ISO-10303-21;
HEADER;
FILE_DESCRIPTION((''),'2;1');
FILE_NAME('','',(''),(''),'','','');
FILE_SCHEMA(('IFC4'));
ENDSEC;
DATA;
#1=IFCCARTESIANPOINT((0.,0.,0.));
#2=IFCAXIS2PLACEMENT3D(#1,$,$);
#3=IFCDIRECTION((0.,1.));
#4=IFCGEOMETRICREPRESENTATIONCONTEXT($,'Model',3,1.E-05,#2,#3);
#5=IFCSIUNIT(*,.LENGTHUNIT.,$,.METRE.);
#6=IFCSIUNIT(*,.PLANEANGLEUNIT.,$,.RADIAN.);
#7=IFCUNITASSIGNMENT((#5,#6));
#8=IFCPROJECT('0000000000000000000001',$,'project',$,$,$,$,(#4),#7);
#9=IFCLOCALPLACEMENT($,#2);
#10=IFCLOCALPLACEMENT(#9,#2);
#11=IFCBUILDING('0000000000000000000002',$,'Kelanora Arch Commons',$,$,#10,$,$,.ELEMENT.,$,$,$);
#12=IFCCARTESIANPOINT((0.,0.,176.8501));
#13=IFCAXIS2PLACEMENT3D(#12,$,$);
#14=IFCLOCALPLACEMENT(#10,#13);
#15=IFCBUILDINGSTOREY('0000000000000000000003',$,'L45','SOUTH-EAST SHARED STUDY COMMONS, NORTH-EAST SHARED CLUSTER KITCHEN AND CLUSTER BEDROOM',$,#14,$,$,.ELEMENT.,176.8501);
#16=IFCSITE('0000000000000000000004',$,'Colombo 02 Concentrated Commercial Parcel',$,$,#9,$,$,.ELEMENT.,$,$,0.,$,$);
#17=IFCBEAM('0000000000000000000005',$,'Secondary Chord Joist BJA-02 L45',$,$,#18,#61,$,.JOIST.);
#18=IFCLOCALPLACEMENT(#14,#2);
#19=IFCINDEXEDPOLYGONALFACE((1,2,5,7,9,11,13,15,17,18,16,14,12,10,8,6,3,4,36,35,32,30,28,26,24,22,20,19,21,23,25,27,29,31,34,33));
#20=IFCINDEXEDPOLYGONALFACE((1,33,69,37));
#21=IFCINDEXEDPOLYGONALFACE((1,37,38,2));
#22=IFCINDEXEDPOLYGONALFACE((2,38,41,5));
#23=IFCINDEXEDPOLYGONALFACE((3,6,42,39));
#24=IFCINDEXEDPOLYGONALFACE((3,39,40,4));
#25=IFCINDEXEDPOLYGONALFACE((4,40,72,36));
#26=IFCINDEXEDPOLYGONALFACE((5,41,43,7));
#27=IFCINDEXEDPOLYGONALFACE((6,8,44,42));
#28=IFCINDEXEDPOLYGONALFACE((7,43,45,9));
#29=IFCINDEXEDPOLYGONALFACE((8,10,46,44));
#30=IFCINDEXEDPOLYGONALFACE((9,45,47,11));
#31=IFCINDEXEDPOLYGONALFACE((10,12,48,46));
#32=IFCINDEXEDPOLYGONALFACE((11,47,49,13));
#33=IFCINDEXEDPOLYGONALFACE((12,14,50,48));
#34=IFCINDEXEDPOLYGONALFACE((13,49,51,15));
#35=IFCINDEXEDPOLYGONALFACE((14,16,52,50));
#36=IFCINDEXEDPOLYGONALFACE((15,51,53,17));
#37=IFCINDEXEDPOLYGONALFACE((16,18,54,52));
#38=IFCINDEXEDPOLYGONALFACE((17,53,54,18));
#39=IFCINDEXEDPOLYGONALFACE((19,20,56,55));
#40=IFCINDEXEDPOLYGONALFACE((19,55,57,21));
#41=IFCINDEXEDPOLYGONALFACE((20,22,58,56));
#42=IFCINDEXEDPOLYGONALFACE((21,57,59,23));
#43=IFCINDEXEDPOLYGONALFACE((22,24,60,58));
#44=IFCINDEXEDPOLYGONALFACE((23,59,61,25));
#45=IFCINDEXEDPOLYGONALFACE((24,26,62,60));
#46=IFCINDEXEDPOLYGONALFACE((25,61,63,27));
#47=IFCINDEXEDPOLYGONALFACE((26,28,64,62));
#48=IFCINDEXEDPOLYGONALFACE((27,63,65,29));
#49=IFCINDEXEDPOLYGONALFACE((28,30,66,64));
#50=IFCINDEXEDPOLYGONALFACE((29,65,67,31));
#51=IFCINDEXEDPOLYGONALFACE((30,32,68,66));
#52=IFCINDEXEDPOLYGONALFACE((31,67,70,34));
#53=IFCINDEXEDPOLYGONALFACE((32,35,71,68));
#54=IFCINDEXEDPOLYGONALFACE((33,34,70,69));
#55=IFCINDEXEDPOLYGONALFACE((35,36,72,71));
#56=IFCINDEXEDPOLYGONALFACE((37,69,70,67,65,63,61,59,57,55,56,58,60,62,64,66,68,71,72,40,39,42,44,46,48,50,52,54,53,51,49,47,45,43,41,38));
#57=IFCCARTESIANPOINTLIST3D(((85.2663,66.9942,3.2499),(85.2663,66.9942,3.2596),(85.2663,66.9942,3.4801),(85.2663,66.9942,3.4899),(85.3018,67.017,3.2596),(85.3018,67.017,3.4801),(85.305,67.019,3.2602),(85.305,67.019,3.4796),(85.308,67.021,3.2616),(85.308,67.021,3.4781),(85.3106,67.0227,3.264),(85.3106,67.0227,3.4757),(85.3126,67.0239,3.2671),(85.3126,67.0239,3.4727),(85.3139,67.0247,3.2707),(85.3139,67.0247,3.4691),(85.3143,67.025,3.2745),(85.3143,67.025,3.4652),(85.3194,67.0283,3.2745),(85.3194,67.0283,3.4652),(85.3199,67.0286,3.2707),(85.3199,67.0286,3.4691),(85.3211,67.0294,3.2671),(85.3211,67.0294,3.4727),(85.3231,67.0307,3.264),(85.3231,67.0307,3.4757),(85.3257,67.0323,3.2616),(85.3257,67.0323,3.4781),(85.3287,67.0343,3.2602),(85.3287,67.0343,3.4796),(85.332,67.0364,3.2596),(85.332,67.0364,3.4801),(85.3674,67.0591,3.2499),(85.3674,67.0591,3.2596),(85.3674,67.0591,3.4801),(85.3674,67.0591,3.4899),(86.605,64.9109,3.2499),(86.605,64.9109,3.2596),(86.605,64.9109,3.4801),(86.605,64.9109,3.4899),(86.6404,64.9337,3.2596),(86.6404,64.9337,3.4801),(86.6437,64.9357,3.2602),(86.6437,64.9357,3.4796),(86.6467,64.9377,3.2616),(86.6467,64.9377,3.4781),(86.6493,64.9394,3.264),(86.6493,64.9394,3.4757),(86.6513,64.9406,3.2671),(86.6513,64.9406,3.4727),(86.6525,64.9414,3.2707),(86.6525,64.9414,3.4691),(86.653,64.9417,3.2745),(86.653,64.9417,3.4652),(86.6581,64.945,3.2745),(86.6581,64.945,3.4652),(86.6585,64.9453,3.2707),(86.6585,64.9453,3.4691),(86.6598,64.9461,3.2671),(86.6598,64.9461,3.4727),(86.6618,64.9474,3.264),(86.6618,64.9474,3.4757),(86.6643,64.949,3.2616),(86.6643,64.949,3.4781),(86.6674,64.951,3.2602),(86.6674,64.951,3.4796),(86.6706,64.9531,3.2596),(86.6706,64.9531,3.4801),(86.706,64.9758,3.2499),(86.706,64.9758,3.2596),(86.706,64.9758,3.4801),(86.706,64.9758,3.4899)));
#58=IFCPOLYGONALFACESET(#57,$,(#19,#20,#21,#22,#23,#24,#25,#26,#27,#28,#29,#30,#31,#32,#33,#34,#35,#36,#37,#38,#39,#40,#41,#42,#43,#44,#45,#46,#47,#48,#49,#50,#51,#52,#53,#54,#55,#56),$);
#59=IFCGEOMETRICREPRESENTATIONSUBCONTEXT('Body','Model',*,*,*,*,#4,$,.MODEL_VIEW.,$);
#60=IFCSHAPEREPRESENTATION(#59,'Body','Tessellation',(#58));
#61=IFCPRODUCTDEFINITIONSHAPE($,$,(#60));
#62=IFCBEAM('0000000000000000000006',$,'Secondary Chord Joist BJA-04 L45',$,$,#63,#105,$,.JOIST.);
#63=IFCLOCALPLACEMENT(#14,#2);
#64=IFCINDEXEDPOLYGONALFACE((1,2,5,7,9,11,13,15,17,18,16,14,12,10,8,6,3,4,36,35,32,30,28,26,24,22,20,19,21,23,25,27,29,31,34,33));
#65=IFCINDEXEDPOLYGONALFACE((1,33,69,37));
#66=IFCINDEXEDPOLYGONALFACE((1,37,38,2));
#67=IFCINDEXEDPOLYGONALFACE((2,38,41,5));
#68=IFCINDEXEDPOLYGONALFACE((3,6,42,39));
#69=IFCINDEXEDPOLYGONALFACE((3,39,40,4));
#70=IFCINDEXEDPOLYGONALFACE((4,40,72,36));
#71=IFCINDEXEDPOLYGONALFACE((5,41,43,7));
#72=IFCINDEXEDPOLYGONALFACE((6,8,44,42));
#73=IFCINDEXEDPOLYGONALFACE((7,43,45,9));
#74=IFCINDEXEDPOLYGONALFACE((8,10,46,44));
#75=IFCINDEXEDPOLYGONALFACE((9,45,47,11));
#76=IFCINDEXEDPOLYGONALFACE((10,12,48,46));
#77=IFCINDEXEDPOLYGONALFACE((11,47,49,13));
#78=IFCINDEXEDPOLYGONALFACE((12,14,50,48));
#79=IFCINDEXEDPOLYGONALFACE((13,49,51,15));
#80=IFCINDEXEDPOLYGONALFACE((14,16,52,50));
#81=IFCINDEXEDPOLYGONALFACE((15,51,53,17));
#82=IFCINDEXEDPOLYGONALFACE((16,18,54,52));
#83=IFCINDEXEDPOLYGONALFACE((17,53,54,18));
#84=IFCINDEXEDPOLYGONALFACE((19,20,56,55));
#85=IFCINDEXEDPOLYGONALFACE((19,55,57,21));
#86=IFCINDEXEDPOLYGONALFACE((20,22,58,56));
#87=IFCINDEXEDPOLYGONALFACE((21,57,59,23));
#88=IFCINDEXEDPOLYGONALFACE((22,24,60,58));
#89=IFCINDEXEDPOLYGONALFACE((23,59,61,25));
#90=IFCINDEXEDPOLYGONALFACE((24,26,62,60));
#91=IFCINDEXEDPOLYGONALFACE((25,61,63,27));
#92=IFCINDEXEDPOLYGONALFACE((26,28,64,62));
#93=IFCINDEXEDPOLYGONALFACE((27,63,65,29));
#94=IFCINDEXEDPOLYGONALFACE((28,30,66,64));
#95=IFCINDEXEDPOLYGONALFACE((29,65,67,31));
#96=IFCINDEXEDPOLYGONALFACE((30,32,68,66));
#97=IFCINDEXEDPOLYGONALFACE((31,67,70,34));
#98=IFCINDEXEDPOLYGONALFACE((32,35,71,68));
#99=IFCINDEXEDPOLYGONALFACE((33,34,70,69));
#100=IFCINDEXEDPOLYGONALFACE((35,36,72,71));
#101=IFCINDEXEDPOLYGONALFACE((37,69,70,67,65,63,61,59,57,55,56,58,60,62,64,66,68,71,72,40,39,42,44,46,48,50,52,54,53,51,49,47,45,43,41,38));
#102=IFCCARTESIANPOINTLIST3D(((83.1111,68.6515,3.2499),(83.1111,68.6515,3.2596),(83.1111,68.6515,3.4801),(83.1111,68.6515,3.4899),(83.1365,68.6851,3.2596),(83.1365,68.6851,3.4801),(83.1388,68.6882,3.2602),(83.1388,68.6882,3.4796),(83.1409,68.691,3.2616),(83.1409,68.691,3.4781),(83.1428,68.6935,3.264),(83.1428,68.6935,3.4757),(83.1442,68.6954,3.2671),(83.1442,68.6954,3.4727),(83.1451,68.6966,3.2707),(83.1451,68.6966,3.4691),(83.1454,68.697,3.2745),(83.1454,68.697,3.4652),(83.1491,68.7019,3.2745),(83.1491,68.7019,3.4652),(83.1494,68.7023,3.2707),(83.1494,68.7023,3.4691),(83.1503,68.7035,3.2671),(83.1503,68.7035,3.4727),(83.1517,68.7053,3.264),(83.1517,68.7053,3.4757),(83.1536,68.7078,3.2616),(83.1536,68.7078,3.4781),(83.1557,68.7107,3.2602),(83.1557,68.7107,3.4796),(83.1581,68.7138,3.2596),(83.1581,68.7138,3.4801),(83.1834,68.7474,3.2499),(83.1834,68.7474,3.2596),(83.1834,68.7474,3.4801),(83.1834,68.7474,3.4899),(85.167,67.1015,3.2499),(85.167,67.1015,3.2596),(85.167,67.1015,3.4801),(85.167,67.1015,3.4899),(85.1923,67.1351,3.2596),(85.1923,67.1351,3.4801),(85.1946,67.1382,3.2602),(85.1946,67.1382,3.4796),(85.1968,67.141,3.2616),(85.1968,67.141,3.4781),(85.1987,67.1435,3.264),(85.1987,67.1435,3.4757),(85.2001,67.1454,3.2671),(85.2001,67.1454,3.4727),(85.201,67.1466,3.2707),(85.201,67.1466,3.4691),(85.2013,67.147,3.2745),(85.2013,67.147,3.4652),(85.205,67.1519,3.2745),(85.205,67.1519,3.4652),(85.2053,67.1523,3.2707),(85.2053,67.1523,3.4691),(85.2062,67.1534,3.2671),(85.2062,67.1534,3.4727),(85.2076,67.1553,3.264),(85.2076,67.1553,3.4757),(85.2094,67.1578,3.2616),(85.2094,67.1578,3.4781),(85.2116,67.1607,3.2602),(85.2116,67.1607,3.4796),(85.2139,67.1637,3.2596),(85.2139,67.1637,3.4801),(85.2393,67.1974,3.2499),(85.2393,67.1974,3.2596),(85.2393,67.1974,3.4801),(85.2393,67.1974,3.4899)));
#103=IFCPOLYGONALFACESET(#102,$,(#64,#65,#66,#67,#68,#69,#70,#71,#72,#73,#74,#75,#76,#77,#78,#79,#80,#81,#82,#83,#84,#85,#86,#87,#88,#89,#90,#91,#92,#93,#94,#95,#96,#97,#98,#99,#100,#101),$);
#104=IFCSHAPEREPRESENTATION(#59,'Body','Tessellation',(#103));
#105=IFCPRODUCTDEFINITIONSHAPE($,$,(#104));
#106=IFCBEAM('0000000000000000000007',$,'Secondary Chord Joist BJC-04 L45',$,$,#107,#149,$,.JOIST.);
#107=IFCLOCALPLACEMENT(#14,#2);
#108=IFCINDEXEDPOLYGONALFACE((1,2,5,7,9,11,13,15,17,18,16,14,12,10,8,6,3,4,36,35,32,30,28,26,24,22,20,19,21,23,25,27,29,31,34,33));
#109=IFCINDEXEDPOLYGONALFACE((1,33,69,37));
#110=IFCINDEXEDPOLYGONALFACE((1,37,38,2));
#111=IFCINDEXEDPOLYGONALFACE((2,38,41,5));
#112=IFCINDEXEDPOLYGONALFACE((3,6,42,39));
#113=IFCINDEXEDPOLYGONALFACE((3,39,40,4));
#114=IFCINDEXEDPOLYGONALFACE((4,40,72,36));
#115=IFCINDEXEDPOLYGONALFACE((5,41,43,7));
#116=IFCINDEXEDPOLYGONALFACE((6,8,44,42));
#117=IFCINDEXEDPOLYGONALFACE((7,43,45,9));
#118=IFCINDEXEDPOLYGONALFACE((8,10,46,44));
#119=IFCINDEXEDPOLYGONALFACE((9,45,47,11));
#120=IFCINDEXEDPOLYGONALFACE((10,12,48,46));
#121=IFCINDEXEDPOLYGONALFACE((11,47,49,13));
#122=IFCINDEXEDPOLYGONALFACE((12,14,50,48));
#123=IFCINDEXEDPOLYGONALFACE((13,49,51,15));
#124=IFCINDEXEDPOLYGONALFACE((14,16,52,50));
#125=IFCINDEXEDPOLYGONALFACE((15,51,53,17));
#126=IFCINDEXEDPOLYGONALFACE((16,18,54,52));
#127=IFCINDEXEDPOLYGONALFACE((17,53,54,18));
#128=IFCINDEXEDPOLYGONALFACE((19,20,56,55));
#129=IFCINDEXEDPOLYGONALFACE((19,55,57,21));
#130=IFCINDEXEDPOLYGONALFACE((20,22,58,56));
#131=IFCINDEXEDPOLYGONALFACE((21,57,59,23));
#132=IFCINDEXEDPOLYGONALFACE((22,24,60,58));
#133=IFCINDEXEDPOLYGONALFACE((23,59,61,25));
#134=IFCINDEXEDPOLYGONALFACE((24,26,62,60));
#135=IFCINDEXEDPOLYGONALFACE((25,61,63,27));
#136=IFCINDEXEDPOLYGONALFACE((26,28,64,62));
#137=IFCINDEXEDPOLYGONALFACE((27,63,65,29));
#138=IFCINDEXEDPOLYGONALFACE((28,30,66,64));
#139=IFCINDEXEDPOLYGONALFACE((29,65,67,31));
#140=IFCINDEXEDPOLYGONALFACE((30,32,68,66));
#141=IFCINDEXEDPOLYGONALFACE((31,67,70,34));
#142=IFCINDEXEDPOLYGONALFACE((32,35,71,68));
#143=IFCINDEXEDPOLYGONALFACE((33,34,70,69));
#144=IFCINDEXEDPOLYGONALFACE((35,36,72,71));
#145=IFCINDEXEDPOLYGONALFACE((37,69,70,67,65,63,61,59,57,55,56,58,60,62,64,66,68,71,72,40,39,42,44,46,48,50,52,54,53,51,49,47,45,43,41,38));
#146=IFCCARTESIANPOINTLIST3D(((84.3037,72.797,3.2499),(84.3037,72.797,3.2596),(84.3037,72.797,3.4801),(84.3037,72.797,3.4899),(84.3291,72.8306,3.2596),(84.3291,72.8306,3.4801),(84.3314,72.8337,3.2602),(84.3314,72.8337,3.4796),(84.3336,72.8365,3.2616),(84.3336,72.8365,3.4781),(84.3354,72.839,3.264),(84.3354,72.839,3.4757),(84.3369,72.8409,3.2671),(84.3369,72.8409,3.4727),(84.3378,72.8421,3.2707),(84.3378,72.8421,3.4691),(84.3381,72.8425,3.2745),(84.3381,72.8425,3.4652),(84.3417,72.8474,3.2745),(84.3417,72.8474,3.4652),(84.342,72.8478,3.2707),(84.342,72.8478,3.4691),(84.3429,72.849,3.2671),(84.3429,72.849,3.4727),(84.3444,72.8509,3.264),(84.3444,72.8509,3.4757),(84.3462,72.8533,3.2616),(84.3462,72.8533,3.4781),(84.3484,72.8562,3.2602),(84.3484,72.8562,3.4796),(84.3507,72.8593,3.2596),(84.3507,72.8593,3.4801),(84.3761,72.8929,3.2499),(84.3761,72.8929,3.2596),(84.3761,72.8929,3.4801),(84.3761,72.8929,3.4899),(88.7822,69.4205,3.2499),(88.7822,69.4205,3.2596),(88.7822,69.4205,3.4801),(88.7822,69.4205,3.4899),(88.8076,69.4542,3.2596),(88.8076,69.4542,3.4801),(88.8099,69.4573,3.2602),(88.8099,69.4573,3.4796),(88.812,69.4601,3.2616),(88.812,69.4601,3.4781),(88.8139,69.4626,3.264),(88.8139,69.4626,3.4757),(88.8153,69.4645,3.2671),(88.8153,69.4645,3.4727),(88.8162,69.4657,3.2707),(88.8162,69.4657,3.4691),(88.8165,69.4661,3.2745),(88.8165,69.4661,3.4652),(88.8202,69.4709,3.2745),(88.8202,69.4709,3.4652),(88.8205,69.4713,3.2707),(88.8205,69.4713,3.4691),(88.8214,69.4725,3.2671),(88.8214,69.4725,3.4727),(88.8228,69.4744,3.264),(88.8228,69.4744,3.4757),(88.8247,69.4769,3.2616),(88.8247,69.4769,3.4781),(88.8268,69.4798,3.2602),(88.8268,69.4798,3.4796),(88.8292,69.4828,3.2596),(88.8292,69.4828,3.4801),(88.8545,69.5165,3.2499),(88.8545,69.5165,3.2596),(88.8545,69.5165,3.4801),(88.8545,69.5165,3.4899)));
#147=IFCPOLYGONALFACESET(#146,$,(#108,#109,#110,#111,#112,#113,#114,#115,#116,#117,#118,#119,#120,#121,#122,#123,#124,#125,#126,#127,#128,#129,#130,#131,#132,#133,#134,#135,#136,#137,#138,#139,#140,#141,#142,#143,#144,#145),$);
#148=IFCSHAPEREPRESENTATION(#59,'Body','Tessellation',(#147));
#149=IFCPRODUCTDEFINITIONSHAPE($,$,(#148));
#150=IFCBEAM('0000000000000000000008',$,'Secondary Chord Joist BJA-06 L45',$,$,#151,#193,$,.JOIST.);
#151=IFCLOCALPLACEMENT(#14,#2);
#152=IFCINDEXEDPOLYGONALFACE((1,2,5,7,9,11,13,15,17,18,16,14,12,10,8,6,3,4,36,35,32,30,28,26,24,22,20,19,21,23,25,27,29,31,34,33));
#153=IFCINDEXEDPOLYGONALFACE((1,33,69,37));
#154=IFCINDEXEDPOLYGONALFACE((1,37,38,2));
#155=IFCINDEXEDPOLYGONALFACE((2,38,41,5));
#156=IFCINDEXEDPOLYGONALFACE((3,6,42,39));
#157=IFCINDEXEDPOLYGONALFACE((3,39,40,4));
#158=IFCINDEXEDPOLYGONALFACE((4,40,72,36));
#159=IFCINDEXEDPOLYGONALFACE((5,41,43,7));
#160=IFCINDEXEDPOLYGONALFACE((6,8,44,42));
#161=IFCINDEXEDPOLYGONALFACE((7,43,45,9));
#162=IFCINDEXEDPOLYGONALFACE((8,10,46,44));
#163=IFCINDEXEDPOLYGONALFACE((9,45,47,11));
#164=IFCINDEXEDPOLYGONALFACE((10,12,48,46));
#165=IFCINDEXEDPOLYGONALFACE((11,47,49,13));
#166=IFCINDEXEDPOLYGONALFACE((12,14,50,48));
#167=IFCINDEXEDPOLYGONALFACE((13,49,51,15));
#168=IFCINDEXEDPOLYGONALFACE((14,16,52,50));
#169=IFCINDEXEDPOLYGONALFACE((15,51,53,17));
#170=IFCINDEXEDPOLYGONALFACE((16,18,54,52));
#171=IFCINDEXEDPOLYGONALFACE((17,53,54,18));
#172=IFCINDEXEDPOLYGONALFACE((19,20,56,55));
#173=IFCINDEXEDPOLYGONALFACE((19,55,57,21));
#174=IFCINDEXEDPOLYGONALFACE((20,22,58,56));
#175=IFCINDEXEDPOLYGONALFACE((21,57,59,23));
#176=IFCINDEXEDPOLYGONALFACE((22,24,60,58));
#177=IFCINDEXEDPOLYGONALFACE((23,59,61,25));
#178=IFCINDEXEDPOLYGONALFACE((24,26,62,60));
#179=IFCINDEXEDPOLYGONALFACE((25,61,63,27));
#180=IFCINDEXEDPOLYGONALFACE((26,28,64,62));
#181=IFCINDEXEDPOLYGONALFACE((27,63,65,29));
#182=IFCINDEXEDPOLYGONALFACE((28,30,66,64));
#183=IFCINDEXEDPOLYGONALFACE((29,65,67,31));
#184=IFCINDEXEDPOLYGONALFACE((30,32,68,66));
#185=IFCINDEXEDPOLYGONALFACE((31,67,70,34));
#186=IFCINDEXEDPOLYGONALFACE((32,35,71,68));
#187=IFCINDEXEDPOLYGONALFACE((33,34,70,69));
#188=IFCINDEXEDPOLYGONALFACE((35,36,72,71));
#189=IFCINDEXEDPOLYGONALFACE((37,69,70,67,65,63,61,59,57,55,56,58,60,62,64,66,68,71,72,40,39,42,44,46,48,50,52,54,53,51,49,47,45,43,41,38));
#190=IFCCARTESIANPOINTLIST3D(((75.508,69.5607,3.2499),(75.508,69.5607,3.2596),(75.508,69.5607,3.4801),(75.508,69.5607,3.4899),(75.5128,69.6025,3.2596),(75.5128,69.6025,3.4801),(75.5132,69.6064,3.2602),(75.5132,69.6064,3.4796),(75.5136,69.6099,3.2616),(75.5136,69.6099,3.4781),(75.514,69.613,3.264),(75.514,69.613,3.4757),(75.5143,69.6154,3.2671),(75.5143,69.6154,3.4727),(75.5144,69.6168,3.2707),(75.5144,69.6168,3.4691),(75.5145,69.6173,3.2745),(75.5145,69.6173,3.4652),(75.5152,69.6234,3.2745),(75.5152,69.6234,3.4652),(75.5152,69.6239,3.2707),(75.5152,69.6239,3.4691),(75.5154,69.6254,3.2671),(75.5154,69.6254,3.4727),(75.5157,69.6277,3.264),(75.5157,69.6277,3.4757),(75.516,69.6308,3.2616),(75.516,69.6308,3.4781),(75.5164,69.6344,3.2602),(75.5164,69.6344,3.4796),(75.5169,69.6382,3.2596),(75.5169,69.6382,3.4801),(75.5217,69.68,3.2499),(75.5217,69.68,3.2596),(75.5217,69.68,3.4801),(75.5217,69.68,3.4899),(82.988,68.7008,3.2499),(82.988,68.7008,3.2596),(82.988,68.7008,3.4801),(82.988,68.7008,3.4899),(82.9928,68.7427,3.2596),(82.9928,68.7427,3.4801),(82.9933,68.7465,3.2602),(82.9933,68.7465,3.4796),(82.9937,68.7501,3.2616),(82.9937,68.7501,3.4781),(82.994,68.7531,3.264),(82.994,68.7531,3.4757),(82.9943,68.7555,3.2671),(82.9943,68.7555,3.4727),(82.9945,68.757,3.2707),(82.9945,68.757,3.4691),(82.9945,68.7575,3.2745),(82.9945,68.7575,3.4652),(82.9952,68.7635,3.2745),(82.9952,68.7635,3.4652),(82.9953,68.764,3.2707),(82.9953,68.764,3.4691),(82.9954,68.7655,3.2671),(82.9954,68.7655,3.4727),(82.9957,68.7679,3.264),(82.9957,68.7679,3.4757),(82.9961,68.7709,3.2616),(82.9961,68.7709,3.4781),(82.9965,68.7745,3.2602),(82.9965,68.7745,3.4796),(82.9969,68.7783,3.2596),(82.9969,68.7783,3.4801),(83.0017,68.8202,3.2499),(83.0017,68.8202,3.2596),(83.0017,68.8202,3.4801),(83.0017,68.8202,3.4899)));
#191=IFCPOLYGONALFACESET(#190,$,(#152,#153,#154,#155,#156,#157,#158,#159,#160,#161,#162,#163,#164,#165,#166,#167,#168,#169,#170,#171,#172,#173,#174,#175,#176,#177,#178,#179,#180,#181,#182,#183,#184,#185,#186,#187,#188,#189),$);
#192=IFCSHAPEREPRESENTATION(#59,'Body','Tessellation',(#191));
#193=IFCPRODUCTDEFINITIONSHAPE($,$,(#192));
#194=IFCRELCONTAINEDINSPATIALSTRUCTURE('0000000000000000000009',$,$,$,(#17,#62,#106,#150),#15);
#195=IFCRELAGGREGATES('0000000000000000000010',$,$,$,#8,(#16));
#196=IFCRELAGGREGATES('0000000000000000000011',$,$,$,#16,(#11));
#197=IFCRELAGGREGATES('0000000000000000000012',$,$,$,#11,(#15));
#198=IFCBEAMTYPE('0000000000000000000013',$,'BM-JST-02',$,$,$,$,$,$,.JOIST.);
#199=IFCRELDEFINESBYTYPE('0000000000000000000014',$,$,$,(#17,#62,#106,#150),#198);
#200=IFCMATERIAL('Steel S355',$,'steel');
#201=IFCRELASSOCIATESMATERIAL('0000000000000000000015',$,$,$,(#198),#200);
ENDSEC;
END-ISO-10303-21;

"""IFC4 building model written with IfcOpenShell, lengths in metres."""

from ifc_helpers import new_model, si_unit, direction, frame, origin, origin_2d, place, context, subcontext, project, spatial, i_section, extrude, material, material_profile, profile_set, type_object, element, save


model = new_model("IFC4")

# Units and contexts
model_context = context("Model", 3, precision=1e-05, world=origin(), true_north=direction((0.0, 1.0)))
body_context = subcontext(model_context, "Body", "Model", "MODEL_VIEW")
ifc_project = project(units=[si_unit("LENGTHUNIT", "METRE"), si_unit("PLANEANGLEUNIT", "RADIAN")], contexts=[model_context])

# Site, building, storey
site_placement = place(None, origin())
site = spatial("IfcSite", under=ifc_project, at=site_placement, Name="Colombo 02 Concentrated Commercial Parcel", CompositionType="ELEMENT", RefElevation=0.0)
building_placement = place(site_placement, origin())
building = spatial("IfcBuilding", under=site, at=building_placement, Name="Kelanora Arch Commons", CompositionType="ELEMENT")
storey_placement = place(building_placement, frame((0.0, 0.0, 176.8501)))
storey = spatial("IfcBuildingStorey", under=building, at=storey_placement, Name="L45", Description="SOUTH-EAST SHARED STUDY COMMONS, NORTH-EAST SHARED CLUSTER KITCHEN AND CLUSTER BEDROOM", CompositionType="ELEMENT", Elevation=176.8501)

# Beams
ifc_material_1 = material(Name="Steel S355", Category="steel")
ifc_material_profile_1 = material_profile(ifc_material_1, i_section(OverallWidth=0.1201, OverallDepth=0.24, WebThickness=0.0061, FlangeThickness=0.0098, FilletRadius=0.0149, at=origin_2d()), Name="IPE240")
ifc_profile_set_1 = profile_set([ifc_material_profile_1], Name="Steel S355")
beam_type_1 = type_object("IfcBeamType", Name="BM-JST-02", PredefinedType="JOIST", material=ifc_profile_set_1)
beam_1_placement = place(storey_placement, frame((86.6555, 64.9434, 3.3699), z_axis=(-0.540583, 0.841291, 0.0), x_axis=(-0.841291, -0.540583, 0.0)))
element("IfcBeam", 1, at=beam_1_placement, inside=storey, type_object=beam_type_1, Name="Secondary Chord Joist BJA-02 L45", PredefinedType="JOIST", context=body_context, shape_type="SweptSolid", body=[
    extrude(i_section(OverallWidth=0.1201, OverallDepth=0.24, WebThickness=0.0061, FlangeThickness=0.0098, FilletRadius=0.0149, at=origin_2d()), origin(), (0.0, 0.0, 1.0), 2.4763),
])
beam_2_placement = place(storey_placement, frame((85.2031, 67.1494, 3.3699), z_axis=(-0.798484, 0.602016, 0.0), x_axis=(-0.602016, -0.798484, 0.0)))
element("IfcBeam", 2, at=beam_2_placement, inside=storey, type_object=beam_type_1, Name="Secondary Chord Joist BJA-04 L45", PredefinedType="JOIST", context=body_context, shape_type="SweptSolid", body=[
    extrude(i_section(OverallWidth=0.1201, OverallDepth=0.24, WebThickness=0.0061, FlangeThickness=0.0098, FilletRadius=0.0149, at=origin_2d()), origin(), (0.0, 0.0, 1.0), 2.5747),
])
beam_3_placement = place(storey_placement, frame((88.8184, 69.4685, 3.3699), z_axis=(-0.798493, 0.602004, 0.0), x_axis=(-0.602004, -0.798493, 0.0)))
element("IfcBeam", 3, at=beam_3_placement, inside=storey, type_object=beam_type_1, Name="Secondary Chord Joist BJC-04 L45", PredefinedType="JOIST", context=body_context, shape_type="SweptSolid", body=[
    extrude(i_section(OverallWidth=0.1201, OverallDepth=0.24, WebThickness=0.0061, FlangeThickness=0.0098, FilletRadius=0.0149, at=origin_2d()), origin(), (0.0, 0.0, 1.0), 5.6086),
])
beam_4_placement = place(storey_placement, frame((82.9949, 68.7605, 3.3699), z_axis=(-0.993457, 0.114203, 0.0), x_axis=(-0.114203, -0.993457, 0.0)))
element("IfcBeam", 4, at=beam_4_placement, inside=storey, type_object=beam_type_1, Name="Secondary Chord Joist BJA-06 L45", PredefinedType="JOIST", context=body_context, shape_type="SweptSolid", body=[
    extrude(i_section(OverallWidth=0.1201, OverallDepth=0.24, WebThickness=0.0061, FlangeThickness=0.0098, FilletRadius=0.0149, at=origin_2d()), origin(), (0.0, 0.0, 1.0), 7.5293),
])

save(model, "model.ifc")
